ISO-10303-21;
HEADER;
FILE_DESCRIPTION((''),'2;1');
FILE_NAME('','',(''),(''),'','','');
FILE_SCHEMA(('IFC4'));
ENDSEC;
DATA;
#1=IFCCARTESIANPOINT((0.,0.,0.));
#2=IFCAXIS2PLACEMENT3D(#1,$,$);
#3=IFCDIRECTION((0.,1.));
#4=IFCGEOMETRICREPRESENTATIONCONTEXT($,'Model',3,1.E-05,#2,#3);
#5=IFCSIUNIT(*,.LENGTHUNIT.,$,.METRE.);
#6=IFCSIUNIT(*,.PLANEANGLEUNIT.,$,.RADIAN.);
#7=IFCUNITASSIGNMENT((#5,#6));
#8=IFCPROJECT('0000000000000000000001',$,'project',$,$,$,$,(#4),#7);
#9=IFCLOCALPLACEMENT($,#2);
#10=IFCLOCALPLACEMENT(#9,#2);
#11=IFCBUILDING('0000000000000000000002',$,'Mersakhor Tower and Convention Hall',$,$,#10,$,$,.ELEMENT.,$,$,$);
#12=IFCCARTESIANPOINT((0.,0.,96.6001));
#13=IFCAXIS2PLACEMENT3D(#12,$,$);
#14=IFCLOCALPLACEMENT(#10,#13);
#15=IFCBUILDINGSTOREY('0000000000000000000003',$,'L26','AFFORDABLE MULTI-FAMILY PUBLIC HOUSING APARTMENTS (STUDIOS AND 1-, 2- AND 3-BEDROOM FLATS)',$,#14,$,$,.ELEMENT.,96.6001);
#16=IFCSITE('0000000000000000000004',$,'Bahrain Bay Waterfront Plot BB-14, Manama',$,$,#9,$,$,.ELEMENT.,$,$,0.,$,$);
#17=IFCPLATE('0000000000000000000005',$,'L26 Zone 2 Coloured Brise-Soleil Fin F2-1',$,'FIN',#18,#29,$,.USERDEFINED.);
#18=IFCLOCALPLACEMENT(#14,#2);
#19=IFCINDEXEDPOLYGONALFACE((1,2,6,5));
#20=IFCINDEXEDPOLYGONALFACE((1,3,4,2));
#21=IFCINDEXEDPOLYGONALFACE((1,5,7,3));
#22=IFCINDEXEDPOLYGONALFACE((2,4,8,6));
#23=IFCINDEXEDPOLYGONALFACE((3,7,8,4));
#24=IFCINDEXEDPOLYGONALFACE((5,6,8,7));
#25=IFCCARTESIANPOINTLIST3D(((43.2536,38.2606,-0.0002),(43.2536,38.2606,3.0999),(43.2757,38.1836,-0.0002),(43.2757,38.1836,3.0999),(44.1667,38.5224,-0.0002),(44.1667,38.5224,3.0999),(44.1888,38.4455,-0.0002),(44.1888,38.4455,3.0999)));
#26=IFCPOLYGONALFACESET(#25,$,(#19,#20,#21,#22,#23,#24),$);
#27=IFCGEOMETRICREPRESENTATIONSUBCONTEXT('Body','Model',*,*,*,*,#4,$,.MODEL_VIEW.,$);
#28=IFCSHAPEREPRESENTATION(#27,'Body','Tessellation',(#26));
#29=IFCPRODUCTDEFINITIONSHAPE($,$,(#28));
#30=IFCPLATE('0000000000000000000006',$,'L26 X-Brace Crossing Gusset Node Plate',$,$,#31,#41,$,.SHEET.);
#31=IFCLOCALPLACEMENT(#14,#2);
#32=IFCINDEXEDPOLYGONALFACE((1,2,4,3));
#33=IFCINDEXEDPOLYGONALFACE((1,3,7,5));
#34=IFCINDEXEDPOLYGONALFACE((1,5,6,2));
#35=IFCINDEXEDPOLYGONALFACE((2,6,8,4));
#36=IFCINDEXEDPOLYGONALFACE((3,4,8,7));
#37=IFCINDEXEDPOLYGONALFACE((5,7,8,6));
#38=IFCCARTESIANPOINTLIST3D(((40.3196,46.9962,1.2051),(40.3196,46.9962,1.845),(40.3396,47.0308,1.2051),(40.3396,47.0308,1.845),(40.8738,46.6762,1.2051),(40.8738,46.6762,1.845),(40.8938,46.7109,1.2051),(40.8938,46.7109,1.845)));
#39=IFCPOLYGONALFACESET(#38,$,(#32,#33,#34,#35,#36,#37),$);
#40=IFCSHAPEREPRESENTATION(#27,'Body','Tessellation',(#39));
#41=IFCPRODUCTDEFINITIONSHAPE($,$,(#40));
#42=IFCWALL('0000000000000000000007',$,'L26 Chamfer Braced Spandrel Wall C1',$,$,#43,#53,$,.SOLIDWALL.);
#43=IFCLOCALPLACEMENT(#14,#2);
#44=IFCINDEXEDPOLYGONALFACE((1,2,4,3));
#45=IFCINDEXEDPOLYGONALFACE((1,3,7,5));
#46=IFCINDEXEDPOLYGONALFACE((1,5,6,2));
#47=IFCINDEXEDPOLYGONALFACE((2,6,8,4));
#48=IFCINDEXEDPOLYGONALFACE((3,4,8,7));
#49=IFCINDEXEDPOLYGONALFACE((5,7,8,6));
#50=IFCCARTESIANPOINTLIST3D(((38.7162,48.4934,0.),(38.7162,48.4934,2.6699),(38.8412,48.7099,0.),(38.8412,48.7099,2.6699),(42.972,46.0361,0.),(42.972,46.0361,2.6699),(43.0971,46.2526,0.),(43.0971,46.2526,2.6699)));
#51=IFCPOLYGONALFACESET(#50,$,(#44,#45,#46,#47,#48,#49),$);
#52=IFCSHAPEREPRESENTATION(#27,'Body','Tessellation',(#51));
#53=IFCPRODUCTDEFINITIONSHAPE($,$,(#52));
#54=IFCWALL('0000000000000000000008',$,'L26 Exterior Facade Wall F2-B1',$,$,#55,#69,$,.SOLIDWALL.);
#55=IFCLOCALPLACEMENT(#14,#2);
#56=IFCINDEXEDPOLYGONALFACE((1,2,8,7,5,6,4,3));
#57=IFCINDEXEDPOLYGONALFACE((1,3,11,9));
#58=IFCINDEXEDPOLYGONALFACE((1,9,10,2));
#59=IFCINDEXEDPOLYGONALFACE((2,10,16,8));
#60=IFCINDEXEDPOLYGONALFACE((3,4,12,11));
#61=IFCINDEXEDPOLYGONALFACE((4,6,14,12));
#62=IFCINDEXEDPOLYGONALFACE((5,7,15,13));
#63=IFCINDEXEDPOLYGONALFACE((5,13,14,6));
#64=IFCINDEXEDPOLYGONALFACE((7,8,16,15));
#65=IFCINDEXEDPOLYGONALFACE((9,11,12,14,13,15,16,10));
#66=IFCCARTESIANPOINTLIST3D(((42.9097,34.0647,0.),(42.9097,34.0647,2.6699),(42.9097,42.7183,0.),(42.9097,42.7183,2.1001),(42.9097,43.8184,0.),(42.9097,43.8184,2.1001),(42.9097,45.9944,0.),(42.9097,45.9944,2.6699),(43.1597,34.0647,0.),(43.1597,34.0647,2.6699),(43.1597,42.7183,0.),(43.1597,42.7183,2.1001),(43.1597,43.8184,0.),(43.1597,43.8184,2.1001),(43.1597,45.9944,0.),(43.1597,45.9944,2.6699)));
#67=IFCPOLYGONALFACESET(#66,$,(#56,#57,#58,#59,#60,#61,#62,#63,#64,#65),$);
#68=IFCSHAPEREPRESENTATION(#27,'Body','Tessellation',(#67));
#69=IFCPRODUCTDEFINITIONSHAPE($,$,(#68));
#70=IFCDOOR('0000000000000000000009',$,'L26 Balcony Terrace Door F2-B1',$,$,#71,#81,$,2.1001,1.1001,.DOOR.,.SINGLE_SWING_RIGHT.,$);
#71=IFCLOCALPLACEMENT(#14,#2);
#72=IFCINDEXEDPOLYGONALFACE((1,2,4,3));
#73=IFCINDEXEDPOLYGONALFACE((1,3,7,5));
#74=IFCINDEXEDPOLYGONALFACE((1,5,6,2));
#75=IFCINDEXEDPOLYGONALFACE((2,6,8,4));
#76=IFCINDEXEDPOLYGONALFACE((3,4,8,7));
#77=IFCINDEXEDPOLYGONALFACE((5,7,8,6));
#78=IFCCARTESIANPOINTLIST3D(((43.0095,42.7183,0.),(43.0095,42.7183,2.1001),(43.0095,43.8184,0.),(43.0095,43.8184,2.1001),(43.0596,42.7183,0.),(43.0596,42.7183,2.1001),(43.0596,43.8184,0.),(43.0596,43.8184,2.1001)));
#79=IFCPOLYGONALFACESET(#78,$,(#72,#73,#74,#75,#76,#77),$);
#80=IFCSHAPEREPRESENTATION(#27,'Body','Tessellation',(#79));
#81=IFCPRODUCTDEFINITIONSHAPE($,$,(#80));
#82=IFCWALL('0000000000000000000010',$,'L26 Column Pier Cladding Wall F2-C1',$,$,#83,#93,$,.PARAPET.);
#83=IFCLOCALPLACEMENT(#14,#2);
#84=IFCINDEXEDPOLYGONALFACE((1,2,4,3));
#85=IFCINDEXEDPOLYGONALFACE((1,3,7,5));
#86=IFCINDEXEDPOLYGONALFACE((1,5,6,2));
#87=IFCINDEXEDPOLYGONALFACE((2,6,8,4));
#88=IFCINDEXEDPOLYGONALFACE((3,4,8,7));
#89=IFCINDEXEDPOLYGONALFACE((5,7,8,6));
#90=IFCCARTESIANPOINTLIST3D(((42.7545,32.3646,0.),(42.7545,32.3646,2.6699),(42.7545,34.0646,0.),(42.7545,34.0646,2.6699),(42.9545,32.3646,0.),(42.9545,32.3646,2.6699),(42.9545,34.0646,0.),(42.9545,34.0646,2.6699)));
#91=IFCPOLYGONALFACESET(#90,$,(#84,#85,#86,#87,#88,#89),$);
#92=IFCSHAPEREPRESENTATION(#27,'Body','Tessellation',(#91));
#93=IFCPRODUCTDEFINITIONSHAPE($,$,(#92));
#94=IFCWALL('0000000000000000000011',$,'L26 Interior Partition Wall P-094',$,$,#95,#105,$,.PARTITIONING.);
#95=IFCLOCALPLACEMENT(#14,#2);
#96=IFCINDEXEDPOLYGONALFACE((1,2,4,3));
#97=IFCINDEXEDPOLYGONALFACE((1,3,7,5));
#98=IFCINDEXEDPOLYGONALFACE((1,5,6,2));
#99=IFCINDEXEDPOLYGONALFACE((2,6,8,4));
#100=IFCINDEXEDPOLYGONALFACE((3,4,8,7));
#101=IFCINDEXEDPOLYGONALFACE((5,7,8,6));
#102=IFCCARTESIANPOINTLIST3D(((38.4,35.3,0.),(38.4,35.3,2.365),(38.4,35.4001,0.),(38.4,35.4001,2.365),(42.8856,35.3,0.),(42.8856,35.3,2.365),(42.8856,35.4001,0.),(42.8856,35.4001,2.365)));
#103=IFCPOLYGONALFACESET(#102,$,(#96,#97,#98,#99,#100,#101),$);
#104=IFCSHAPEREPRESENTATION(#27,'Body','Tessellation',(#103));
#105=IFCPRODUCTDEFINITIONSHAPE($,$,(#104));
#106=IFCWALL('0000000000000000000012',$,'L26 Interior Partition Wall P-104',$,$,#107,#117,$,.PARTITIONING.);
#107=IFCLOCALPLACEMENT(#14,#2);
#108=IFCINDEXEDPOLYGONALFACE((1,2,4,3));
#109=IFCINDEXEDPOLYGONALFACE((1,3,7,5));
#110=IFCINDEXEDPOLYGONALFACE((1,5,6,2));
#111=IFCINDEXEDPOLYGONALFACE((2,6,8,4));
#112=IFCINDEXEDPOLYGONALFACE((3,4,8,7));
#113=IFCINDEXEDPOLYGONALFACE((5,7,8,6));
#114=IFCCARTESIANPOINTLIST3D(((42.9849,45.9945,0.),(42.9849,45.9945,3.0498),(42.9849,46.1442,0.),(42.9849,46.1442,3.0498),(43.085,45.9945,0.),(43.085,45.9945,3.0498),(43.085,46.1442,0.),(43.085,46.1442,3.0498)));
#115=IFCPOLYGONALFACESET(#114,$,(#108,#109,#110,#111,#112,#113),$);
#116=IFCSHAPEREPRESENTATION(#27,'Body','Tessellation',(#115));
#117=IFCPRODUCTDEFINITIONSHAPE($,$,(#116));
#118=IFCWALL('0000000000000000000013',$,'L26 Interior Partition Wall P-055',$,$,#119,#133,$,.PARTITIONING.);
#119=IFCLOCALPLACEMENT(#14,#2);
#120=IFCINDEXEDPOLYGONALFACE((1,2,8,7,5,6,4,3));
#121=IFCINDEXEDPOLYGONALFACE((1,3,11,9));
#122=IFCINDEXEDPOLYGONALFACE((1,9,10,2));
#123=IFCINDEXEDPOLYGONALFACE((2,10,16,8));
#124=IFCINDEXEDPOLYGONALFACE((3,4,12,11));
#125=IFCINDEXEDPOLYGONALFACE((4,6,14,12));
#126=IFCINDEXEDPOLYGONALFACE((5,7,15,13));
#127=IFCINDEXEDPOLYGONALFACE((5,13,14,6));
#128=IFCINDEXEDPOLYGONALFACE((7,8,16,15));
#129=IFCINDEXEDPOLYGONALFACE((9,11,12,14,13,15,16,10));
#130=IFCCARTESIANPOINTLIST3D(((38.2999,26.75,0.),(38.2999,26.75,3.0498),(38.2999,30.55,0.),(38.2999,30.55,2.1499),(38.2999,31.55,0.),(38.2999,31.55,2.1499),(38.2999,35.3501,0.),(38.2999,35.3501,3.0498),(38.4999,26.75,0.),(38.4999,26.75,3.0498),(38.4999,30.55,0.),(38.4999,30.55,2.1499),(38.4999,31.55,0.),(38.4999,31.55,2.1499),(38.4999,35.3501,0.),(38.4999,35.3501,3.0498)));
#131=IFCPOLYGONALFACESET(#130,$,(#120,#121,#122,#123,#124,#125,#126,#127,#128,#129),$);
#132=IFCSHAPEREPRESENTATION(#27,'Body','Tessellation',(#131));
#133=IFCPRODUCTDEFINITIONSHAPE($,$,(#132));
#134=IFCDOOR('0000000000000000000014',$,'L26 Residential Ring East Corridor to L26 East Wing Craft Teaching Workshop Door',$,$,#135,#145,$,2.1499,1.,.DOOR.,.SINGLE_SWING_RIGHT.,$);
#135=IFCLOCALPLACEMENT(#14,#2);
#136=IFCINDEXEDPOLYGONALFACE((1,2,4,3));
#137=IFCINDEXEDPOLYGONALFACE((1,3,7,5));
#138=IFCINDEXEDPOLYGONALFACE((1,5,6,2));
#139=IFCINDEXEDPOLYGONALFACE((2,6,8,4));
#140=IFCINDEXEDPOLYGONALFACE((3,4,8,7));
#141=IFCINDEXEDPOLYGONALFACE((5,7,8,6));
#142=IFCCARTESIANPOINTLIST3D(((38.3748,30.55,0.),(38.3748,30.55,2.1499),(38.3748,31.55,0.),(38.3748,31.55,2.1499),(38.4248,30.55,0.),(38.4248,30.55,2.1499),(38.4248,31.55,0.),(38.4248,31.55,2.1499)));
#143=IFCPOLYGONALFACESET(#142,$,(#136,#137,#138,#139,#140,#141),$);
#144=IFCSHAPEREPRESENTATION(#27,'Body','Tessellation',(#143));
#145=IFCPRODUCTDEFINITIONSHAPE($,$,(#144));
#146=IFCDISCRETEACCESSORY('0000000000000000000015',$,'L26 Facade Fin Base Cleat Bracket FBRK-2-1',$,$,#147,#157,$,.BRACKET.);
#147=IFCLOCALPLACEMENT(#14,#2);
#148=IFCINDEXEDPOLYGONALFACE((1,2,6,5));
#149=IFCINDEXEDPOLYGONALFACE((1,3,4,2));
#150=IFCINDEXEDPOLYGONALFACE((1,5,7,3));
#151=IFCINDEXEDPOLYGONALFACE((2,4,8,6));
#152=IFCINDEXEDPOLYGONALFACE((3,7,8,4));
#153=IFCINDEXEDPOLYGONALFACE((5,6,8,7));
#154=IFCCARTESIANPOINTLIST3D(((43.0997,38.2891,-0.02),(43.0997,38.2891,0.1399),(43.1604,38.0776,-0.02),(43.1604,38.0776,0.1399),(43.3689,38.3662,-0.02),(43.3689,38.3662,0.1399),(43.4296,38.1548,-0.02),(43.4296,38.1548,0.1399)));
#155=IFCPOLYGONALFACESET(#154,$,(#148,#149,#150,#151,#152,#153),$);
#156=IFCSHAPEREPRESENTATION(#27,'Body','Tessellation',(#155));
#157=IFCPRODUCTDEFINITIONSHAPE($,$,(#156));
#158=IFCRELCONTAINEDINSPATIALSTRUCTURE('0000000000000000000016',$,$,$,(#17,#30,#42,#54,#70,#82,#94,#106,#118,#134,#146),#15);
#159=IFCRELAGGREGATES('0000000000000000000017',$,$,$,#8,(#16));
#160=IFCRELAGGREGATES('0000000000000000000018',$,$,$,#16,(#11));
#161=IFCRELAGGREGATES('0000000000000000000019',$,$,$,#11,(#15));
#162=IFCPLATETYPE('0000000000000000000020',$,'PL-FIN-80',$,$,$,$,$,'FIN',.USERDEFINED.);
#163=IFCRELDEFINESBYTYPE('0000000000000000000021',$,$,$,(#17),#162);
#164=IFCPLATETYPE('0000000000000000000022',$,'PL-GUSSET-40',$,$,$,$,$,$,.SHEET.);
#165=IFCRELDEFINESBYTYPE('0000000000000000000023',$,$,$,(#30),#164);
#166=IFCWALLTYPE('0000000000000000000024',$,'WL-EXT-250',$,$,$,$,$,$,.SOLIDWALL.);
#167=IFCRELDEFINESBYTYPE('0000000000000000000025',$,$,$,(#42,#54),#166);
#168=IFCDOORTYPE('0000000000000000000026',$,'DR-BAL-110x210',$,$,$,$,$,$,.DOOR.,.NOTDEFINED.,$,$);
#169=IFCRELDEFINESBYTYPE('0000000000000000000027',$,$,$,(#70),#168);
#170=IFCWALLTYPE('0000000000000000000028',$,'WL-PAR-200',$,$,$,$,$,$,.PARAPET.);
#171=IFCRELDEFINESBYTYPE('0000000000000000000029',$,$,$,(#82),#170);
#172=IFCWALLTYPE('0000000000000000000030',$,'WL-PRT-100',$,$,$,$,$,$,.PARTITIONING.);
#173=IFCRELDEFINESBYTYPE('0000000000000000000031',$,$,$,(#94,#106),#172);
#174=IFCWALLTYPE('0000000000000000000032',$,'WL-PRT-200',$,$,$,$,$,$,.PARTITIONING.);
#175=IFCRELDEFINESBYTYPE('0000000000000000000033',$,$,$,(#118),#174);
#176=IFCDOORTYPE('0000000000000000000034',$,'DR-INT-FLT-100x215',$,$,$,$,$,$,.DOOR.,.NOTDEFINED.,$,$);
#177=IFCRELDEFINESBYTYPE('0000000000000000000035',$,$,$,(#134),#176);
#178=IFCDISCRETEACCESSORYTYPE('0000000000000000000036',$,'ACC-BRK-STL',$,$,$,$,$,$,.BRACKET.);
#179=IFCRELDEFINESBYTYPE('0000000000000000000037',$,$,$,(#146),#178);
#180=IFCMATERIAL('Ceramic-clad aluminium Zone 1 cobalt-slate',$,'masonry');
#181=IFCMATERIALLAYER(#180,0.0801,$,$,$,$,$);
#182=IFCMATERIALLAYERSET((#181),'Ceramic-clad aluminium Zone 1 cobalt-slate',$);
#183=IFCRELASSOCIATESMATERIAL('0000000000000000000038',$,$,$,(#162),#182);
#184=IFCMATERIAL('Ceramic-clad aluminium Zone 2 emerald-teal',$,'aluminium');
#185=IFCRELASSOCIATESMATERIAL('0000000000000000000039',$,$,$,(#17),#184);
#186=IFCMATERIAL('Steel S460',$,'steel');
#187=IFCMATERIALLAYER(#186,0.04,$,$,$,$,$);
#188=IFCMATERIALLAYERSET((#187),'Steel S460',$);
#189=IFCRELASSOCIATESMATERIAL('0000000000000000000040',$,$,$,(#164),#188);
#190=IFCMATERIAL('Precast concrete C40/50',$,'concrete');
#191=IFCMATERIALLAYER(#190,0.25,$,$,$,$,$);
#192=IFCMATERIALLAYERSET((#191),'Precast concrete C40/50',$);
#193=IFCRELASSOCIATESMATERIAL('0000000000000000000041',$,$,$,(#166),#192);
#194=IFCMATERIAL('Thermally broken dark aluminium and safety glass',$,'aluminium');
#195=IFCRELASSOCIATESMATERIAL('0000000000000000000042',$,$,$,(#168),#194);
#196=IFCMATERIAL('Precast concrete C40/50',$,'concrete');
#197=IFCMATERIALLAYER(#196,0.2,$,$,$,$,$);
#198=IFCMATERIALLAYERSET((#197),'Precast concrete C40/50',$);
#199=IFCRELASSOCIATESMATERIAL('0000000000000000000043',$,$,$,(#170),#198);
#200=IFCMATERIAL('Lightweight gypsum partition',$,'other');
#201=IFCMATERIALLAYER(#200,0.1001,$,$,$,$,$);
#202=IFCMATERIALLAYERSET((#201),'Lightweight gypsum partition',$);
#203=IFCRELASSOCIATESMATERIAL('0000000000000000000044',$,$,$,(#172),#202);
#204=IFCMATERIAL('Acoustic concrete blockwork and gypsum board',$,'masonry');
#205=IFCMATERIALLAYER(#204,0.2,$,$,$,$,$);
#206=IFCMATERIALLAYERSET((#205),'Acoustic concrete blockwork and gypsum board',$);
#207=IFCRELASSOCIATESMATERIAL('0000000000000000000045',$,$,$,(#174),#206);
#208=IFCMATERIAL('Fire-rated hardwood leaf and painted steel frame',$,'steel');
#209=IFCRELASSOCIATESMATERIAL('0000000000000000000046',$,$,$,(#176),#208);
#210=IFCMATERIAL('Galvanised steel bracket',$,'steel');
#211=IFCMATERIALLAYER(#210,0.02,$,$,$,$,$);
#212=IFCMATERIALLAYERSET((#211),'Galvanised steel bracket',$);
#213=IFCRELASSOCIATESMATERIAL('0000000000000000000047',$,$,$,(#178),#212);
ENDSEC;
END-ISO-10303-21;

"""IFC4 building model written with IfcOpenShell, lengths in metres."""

from ifc_helpers import new_model, si_unit, direction, frame, frame_2d, origin, origin_2d, place, context, subcontext, project, spatial, rectangle, extrude, material, layer, layer_set, type_object, element, fill, save


model = new_model("IFC4")

# Units and contexts
model_context = context("Model", 3, precision=1e-05, world=origin(), true_north=direction((0.0, 1.0)))
body_context = subcontext(model_context, "Body", "Model", "MODEL_VIEW")
ifc_project = project(units=[si_unit("LENGTHUNIT", "METRE"), si_unit("PLANEANGLEUNIT", "RADIAN")], contexts=[model_context])

# Site, building, storey
site_placement = place(None, origin())
site = spatial("IfcSite", under=ifc_project, at=site_placement, Name="Bahrain Bay Waterfront Plot BB-14, Manama", CompositionType="ELEMENT", RefElevation=0.0)
building_placement = place(site_placement, origin())
building = spatial("IfcBuilding", under=site, at=building_placement, Name="Mersakhor Tower and Convention Hall", CompositionType="ELEMENT")
storey_placement = place(building_placement, frame((0.0, 0.0, 96.6001)))
storey = spatial("IfcBuildingStorey", under=building, at=storey_placement, Name="L26", Description="AFFORDABLE MULTI-FAMILY PUBLIC HOUSING APARTMENTS (STUDIOS AND 1-, 2- AND 3-BEDROOM FLATS)", CompositionType="ELEMENT", Elevation=96.6001)

# Plates
ifc_material_1 = material(Name="Ceramic-clad aluminium Zone 2 emerald-teal", Category="aluminium")
ifc_material_2 = material(Name="Ceramic-clad aluminium Zone 1 cobalt-slate", Category="masonry")
ifc_layer_1 = layer(ifc_material_2, 0.0801)
ifc_layer_set_1 = layer_set([ifc_layer_1], Name="Ceramic-clad aluminium Zone 1 cobalt-slate")
plate_type_1 = type_object("IfcPlateType", Name="PL-FIN-80", ElementType="FIN", PredefinedType="USERDEFINED", material=ifc_layer_set_1)
plate_1_placement = place(storey_placement, frame((43.7212, 38.353, -0.0002), z_axis=(0.0, 0.0, 1.0), x_axis=(0.961262, 0.275637, 0.0)))
element("IfcPlate", 1, at=plate_1_placement, inside=storey, type_object=plate_type_1, material=ifc_material_1, Name="L26 Zone 2 Coloured Brise-Soleil Fin F2-1", ObjectType="FIN", PredefinedType="USERDEFINED", context=body_context, shape_type="SweptSolid", body=[
    extrude(rectangle(XDim=0.95, YDim=0.0801, at=origin_2d()), origin(), (0.0, 0.0, 1.0), 3.1001),
])
ifc_material_3 = material(Name="Steel S460", Category="steel")
ifc_layer_2 = layer(ifc_material_3, 0.04)
ifc_layer_set_2 = layer_set([ifc_layer_2], Name="Steel S460")
plate_type_2 = type_object("IfcPlateType", Name="PL-GUSSET-40", PredefinedType="SHEET", material=ifc_layer_set_2)
plate_2_placement = place(storey_placement, frame((40.6067, 46.8535, 1.2051), z_axis=(0.0, 0.0, 1.0), x_axis=(-0.866025, 0.5, 0.0)))
element("IfcPlate", 2, at=plate_2_placement, inside=storey, type_object=plate_type_2, Name="L26 X-Brace Crossing Gusset Node Plate", PredefinedType="SHEET", context=body_context, shape_type="SweptSolid", body=[
    extrude(rectangle(XDim=0.6399, YDim=0.04, at=origin_2d()), origin(), (0.0, 0.0, 1.0), 0.6399),
])

# Wall
ifc_material_4 = material(Name="Precast concrete C40/50", Category="concrete")
ifc_layer_3 = layer(ifc_material_4, 0.25)
ifc_layer_set_3 = layer_set([ifc_layer_3], Name="Precast concrete C40/50")
wall_type_1 = type_object("IfcWallType", Name="WL-EXT-250", PredefinedType="SOLIDWALL", material=ifc_layer_set_3)
wall_1_placement = place(storey_placement, frame((38.7788, 48.6016, 0.0), z_axis=(0.0, 0.0, 1.0), x_axis=(0.866012, -0.500023, 0.0)))
element("IfcWall", 3, at=wall_1_placement, inside=storey, type_object=wall_type_1, Name="L26 Chamfer Braced Spandrel Wall C1", PredefinedType="SOLIDWALL", context=body_context, shape_type="SweptSolid", body=[
    extrude(rectangle(XDim=4.9143, YDim=0.25, at=frame_2d((2.457, 0.0))), origin(), (0.0, 0.0, 1.0), 2.6699),
])

# Wall, opening, door
wall_2_placement = place(storey_placement, frame((43.0347, 45.9944, 0.0), z_axis=(0.0, 0.0, 1.0), x_axis=(0.0, -1.0, 0.0)))
wall_2 = element("IfcWall", 4, at=wall_2_placement, inside=storey, type_object=wall_type_1, Name="L26 Exterior Facade Wall F2-B1", PredefinedType="SOLIDWALL", context=body_context, shape_type="SweptSolid", body=[
    extrude(rectangle(XDim=11.9297, YDim=0.25, at=frame_2d((5.9648, 0.0))), origin(), (0.0, 0.0, 1.0), 2.6699),
])
opening_1_placement = place(wall_2_placement, frame((2.176, 0.0, 0.0)))
opening_1 = element("IfcOpeningElement", 5, at=opening_1_placement, cuts=wall_2, PredefinedType="OPENING", context=body_context, shape_type="SweptSolid", body=[
    extrude(rectangle(XDim=1.1001, YDim=2.1001, at=frame_2d((0.55, 1.05))), frame((0.0, 0.135, 0.0), z_axis=(0.0, -1.0, 0.0), x_axis=(1.0, 0.0, 0.0)), (0.0, 0.0, 1.0), 0.27),
])
ifc_material_5 = material(Name="Thermally broken dark aluminium and safety glass", Category="aluminium")
door_type_1 = type_object("IfcDoorType", Name="DR-BAL-110x210", OperationType="NOTDEFINED", PredefinedType="DOOR", material=ifc_material_5)
door_1_placement = place(opening_1_placement, origin())
door_1 = element("IfcDoor", 6, at=door_1_placement, inside=storey, type_object=door_type_1, Name="L26 Balcony Terrace Door F2-B1", OperationType="SINGLE_SWING_RIGHT", OverallHeight=2.1001, OverallWidth=1.1001, PredefinedType="DOOR", context=body_context, shape_type="SweptSolid", body=[
    extrude(rectangle(XDim=1.1001, YDim=2.1001, at=frame_2d((0.55, 1.05))), frame((0.0, 0.0249, 0.0), z_axis=(0.0, -1.0, 0.0), x_axis=(1.0, 0.0, 0.0)), (0.0, 0.0, 1.0), 0.05),
])
fill(opening_1, door_1)

# Walls
ifc_material_6 = material(Name="Precast concrete C40/50", Category="concrete")
ifc_layer_4 = layer(ifc_material_6, 0.2)
ifc_layer_set_4 = layer_set([ifc_layer_4], Name="Precast concrete C40/50")
wall_type_2 = type_object("IfcWallType", Name="WL-PAR-200", PredefinedType="PARAPET", material=ifc_layer_set_4)
wall_3_placement = place(storey_placement, frame((42.8545, 34.0647, 0.0), z_axis=(0.0, 0.0, 1.0), x_axis=(0.0, -1.0, 0.0)))
element("IfcWall", 7, at=wall_3_placement, inside=storey, type_object=wall_type_2, Name="L26 Column Pier Cladding Wall F2-C1", PredefinedType="PARAPET", context=body_context, shape_type="SweptSolid", body=[
    extrude(rectangle(XDim=1.7, YDim=0.2, at=frame_2d((0.8501, 0.0))), origin(), (0.0, 0.0, 1.0), 2.6699),
])
ifc_material_7 = material(Name="Lightweight gypsum partition", Category="other")
ifc_layer_5 = layer(ifc_material_7, 0.1001)
ifc_layer_set_5 = layer_set([ifc_layer_5], Name="Lightweight gypsum partition")
wall_type_3 = type_object("IfcWallType", Name="WL-PRT-100", PredefinedType="PARTITIONING", material=ifc_layer_set_5)
wall_4_placement = place(storey_placement, frame((42.8855, 35.3501, 0.0), z_axis=(0.0, 0.0, 1.0), x_axis=(-1.0, 0.0, 0.0)))
element("IfcWall", 8, at=wall_4_placement, inside=storey, type_object=wall_type_3, Name="L26 Interior Partition Wall P-094", PredefinedType="PARTITIONING", context=body_context, shape_type="SweptSolid", body=[
    extrude(rectangle(XDim=4.4856, YDim=0.1001, at=frame_2d((2.2427, 0.0))), origin(), (0.0, 0.0, 1.0), 2.365),
])
wall_5_placement = place(storey_placement, frame((43.0349, 46.144, 0.0), z_axis=(0.0, 0.0, 1.0), x_axis=(0.0, -1.0, 0.0)))
element("IfcWall", 9, at=wall_5_placement, inside=storey, type_object=wall_type_3, Name="L26 Interior Partition Wall P-104", PredefinedType="PARTITIONING", context=body_context, shape_type="SweptSolid", body=[
    extrude(rectangle(XDim=0.1497, YDim=0.1001, at=frame_2d((0.0747, 0.0))), origin(), (0.0, 0.0, 1.0), 3.0498),
])

# Wall, opening, door
ifc_material_8 = material(Name="Acoustic concrete blockwork and gypsum board", Category="masonry")
ifc_layer_6 = layer(ifc_material_8, 0.2)
ifc_layer_set_6 = layer_set([ifc_layer_6], Name="Acoustic concrete blockwork and gypsum board")
wall_type_4 = type_object("IfcWallType", Name="WL-PRT-200", PredefinedType="PARTITIONING", material=ifc_layer_set_6)
wall_6_placement = place(storey_placement, frame((38.3999, 35.3501, 0.0), z_axis=(0.0, 0.0, 1.0), x_axis=(0.0, -1.0, 0.0)))
wall_6 = element("IfcWall", 10, at=wall_6_placement, inside=storey, type_object=wall_type_4, Name="L26 Interior Partition Wall P-055", PredefinedType="PARTITIONING", context=body_context, shape_type="SweptSolid", body=[
    extrude(rectangle(XDim=8.6001, YDim=0.2, at=frame_2d((4.3, 0.0))), origin(), (0.0, 0.0, 1.0), 3.0498),
])
opening_2_placement = place(wall_6_placement, frame((3.8, 0.0, 0.0)))
opening_2 = element("IfcOpeningElement", 11, at=opening_2_placement, cuts=wall_6, PredefinedType="OPENING", context=body_context, shape_type="SweptSolid", body=[
    extrude(rectangle(XDim=1.0, YDim=2.1499, at=frame_2d((0.5, 1.075))), frame((0.0, 0.1099, 0.0), z_axis=(0.0, -1.0, 0.0), x_axis=(1.0, 0.0, 0.0)), (0.0, 0.0, 1.0), 0.22),
])
ifc_material_9 = material(Name="Fire-rated hardwood leaf and painted steel frame", Category="steel")
door_type_2 = type_object("IfcDoorType", Name="DR-INT-FLT-100x215", OperationType="NOTDEFINED", PredefinedType="DOOR", material=ifc_material_9)
door_2_placement = place(opening_2_placement, origin())
door_2 = element("IfcDoor", 12, at=door_2_placement, inside=storey, type_object=door_type_2, Name="L26 Residential Ring East Corridor to L26 East Wing Craft Teaching Workshop Door", OperationType="SINGLE_SWING_RIGHT", OverallHeight=2.1499, OverallWidth=1.0, PredefinedType="DOOR", context=body_context, shape_type="SweptSolid", body=[
    extrude(rectangle(XDim=1.0, YDim=2.1499, at=frame_2d((0.5, 1.075))), frame((0.0, 0.0249, 0.0), z_axis=(0.0, -1.0, 0.0), x_axis=(1.0, 0.0, 0.0)), (0.0, 0.0, 1.0), 0.05),
])
fill(opening_2, door_2)

# Discrete accessory
ifc_material_10 = material(Name="Galvanised steel bracket", Category="steel")
ifc_layer_7 = layer(ifc_material_10, 0.02)
ifc_layer_set_7 = layer_set([ifc_layer_7], Name="Galvanised steel bracket")
discrete_accessory_type = type_object("IfcDiscreteAccessoryType", Name="ACC-BRK-STL", PredefinedType="BRACKET", material=ifc_layer_set_7)
discrete_accessory_placement = place(storey_placement, frame((43.2646, 38.2219, -0.02), z_axis=(0.0, 0.0, 1.0), x_axis=(0.961262, 0.275637, 0.0)))
element("IfcDiscreteAccessory", 13, at=discrete_accessory_placement, inside=storey, type_object=discrete_accessory_type, Name="L26 Facade Fin Base Cleat Bracket FBRK-2-1", PredefinedType="BRACKET", context=body_context, shape_type="SweptSolid", body=[
    extrude(rectangle(XDim=0.28, YDim=0.22, at=origin_2d()), origin(), (0.0, 0.0, 1.0), 0.1599),
])

save(model, "model.ifc")
